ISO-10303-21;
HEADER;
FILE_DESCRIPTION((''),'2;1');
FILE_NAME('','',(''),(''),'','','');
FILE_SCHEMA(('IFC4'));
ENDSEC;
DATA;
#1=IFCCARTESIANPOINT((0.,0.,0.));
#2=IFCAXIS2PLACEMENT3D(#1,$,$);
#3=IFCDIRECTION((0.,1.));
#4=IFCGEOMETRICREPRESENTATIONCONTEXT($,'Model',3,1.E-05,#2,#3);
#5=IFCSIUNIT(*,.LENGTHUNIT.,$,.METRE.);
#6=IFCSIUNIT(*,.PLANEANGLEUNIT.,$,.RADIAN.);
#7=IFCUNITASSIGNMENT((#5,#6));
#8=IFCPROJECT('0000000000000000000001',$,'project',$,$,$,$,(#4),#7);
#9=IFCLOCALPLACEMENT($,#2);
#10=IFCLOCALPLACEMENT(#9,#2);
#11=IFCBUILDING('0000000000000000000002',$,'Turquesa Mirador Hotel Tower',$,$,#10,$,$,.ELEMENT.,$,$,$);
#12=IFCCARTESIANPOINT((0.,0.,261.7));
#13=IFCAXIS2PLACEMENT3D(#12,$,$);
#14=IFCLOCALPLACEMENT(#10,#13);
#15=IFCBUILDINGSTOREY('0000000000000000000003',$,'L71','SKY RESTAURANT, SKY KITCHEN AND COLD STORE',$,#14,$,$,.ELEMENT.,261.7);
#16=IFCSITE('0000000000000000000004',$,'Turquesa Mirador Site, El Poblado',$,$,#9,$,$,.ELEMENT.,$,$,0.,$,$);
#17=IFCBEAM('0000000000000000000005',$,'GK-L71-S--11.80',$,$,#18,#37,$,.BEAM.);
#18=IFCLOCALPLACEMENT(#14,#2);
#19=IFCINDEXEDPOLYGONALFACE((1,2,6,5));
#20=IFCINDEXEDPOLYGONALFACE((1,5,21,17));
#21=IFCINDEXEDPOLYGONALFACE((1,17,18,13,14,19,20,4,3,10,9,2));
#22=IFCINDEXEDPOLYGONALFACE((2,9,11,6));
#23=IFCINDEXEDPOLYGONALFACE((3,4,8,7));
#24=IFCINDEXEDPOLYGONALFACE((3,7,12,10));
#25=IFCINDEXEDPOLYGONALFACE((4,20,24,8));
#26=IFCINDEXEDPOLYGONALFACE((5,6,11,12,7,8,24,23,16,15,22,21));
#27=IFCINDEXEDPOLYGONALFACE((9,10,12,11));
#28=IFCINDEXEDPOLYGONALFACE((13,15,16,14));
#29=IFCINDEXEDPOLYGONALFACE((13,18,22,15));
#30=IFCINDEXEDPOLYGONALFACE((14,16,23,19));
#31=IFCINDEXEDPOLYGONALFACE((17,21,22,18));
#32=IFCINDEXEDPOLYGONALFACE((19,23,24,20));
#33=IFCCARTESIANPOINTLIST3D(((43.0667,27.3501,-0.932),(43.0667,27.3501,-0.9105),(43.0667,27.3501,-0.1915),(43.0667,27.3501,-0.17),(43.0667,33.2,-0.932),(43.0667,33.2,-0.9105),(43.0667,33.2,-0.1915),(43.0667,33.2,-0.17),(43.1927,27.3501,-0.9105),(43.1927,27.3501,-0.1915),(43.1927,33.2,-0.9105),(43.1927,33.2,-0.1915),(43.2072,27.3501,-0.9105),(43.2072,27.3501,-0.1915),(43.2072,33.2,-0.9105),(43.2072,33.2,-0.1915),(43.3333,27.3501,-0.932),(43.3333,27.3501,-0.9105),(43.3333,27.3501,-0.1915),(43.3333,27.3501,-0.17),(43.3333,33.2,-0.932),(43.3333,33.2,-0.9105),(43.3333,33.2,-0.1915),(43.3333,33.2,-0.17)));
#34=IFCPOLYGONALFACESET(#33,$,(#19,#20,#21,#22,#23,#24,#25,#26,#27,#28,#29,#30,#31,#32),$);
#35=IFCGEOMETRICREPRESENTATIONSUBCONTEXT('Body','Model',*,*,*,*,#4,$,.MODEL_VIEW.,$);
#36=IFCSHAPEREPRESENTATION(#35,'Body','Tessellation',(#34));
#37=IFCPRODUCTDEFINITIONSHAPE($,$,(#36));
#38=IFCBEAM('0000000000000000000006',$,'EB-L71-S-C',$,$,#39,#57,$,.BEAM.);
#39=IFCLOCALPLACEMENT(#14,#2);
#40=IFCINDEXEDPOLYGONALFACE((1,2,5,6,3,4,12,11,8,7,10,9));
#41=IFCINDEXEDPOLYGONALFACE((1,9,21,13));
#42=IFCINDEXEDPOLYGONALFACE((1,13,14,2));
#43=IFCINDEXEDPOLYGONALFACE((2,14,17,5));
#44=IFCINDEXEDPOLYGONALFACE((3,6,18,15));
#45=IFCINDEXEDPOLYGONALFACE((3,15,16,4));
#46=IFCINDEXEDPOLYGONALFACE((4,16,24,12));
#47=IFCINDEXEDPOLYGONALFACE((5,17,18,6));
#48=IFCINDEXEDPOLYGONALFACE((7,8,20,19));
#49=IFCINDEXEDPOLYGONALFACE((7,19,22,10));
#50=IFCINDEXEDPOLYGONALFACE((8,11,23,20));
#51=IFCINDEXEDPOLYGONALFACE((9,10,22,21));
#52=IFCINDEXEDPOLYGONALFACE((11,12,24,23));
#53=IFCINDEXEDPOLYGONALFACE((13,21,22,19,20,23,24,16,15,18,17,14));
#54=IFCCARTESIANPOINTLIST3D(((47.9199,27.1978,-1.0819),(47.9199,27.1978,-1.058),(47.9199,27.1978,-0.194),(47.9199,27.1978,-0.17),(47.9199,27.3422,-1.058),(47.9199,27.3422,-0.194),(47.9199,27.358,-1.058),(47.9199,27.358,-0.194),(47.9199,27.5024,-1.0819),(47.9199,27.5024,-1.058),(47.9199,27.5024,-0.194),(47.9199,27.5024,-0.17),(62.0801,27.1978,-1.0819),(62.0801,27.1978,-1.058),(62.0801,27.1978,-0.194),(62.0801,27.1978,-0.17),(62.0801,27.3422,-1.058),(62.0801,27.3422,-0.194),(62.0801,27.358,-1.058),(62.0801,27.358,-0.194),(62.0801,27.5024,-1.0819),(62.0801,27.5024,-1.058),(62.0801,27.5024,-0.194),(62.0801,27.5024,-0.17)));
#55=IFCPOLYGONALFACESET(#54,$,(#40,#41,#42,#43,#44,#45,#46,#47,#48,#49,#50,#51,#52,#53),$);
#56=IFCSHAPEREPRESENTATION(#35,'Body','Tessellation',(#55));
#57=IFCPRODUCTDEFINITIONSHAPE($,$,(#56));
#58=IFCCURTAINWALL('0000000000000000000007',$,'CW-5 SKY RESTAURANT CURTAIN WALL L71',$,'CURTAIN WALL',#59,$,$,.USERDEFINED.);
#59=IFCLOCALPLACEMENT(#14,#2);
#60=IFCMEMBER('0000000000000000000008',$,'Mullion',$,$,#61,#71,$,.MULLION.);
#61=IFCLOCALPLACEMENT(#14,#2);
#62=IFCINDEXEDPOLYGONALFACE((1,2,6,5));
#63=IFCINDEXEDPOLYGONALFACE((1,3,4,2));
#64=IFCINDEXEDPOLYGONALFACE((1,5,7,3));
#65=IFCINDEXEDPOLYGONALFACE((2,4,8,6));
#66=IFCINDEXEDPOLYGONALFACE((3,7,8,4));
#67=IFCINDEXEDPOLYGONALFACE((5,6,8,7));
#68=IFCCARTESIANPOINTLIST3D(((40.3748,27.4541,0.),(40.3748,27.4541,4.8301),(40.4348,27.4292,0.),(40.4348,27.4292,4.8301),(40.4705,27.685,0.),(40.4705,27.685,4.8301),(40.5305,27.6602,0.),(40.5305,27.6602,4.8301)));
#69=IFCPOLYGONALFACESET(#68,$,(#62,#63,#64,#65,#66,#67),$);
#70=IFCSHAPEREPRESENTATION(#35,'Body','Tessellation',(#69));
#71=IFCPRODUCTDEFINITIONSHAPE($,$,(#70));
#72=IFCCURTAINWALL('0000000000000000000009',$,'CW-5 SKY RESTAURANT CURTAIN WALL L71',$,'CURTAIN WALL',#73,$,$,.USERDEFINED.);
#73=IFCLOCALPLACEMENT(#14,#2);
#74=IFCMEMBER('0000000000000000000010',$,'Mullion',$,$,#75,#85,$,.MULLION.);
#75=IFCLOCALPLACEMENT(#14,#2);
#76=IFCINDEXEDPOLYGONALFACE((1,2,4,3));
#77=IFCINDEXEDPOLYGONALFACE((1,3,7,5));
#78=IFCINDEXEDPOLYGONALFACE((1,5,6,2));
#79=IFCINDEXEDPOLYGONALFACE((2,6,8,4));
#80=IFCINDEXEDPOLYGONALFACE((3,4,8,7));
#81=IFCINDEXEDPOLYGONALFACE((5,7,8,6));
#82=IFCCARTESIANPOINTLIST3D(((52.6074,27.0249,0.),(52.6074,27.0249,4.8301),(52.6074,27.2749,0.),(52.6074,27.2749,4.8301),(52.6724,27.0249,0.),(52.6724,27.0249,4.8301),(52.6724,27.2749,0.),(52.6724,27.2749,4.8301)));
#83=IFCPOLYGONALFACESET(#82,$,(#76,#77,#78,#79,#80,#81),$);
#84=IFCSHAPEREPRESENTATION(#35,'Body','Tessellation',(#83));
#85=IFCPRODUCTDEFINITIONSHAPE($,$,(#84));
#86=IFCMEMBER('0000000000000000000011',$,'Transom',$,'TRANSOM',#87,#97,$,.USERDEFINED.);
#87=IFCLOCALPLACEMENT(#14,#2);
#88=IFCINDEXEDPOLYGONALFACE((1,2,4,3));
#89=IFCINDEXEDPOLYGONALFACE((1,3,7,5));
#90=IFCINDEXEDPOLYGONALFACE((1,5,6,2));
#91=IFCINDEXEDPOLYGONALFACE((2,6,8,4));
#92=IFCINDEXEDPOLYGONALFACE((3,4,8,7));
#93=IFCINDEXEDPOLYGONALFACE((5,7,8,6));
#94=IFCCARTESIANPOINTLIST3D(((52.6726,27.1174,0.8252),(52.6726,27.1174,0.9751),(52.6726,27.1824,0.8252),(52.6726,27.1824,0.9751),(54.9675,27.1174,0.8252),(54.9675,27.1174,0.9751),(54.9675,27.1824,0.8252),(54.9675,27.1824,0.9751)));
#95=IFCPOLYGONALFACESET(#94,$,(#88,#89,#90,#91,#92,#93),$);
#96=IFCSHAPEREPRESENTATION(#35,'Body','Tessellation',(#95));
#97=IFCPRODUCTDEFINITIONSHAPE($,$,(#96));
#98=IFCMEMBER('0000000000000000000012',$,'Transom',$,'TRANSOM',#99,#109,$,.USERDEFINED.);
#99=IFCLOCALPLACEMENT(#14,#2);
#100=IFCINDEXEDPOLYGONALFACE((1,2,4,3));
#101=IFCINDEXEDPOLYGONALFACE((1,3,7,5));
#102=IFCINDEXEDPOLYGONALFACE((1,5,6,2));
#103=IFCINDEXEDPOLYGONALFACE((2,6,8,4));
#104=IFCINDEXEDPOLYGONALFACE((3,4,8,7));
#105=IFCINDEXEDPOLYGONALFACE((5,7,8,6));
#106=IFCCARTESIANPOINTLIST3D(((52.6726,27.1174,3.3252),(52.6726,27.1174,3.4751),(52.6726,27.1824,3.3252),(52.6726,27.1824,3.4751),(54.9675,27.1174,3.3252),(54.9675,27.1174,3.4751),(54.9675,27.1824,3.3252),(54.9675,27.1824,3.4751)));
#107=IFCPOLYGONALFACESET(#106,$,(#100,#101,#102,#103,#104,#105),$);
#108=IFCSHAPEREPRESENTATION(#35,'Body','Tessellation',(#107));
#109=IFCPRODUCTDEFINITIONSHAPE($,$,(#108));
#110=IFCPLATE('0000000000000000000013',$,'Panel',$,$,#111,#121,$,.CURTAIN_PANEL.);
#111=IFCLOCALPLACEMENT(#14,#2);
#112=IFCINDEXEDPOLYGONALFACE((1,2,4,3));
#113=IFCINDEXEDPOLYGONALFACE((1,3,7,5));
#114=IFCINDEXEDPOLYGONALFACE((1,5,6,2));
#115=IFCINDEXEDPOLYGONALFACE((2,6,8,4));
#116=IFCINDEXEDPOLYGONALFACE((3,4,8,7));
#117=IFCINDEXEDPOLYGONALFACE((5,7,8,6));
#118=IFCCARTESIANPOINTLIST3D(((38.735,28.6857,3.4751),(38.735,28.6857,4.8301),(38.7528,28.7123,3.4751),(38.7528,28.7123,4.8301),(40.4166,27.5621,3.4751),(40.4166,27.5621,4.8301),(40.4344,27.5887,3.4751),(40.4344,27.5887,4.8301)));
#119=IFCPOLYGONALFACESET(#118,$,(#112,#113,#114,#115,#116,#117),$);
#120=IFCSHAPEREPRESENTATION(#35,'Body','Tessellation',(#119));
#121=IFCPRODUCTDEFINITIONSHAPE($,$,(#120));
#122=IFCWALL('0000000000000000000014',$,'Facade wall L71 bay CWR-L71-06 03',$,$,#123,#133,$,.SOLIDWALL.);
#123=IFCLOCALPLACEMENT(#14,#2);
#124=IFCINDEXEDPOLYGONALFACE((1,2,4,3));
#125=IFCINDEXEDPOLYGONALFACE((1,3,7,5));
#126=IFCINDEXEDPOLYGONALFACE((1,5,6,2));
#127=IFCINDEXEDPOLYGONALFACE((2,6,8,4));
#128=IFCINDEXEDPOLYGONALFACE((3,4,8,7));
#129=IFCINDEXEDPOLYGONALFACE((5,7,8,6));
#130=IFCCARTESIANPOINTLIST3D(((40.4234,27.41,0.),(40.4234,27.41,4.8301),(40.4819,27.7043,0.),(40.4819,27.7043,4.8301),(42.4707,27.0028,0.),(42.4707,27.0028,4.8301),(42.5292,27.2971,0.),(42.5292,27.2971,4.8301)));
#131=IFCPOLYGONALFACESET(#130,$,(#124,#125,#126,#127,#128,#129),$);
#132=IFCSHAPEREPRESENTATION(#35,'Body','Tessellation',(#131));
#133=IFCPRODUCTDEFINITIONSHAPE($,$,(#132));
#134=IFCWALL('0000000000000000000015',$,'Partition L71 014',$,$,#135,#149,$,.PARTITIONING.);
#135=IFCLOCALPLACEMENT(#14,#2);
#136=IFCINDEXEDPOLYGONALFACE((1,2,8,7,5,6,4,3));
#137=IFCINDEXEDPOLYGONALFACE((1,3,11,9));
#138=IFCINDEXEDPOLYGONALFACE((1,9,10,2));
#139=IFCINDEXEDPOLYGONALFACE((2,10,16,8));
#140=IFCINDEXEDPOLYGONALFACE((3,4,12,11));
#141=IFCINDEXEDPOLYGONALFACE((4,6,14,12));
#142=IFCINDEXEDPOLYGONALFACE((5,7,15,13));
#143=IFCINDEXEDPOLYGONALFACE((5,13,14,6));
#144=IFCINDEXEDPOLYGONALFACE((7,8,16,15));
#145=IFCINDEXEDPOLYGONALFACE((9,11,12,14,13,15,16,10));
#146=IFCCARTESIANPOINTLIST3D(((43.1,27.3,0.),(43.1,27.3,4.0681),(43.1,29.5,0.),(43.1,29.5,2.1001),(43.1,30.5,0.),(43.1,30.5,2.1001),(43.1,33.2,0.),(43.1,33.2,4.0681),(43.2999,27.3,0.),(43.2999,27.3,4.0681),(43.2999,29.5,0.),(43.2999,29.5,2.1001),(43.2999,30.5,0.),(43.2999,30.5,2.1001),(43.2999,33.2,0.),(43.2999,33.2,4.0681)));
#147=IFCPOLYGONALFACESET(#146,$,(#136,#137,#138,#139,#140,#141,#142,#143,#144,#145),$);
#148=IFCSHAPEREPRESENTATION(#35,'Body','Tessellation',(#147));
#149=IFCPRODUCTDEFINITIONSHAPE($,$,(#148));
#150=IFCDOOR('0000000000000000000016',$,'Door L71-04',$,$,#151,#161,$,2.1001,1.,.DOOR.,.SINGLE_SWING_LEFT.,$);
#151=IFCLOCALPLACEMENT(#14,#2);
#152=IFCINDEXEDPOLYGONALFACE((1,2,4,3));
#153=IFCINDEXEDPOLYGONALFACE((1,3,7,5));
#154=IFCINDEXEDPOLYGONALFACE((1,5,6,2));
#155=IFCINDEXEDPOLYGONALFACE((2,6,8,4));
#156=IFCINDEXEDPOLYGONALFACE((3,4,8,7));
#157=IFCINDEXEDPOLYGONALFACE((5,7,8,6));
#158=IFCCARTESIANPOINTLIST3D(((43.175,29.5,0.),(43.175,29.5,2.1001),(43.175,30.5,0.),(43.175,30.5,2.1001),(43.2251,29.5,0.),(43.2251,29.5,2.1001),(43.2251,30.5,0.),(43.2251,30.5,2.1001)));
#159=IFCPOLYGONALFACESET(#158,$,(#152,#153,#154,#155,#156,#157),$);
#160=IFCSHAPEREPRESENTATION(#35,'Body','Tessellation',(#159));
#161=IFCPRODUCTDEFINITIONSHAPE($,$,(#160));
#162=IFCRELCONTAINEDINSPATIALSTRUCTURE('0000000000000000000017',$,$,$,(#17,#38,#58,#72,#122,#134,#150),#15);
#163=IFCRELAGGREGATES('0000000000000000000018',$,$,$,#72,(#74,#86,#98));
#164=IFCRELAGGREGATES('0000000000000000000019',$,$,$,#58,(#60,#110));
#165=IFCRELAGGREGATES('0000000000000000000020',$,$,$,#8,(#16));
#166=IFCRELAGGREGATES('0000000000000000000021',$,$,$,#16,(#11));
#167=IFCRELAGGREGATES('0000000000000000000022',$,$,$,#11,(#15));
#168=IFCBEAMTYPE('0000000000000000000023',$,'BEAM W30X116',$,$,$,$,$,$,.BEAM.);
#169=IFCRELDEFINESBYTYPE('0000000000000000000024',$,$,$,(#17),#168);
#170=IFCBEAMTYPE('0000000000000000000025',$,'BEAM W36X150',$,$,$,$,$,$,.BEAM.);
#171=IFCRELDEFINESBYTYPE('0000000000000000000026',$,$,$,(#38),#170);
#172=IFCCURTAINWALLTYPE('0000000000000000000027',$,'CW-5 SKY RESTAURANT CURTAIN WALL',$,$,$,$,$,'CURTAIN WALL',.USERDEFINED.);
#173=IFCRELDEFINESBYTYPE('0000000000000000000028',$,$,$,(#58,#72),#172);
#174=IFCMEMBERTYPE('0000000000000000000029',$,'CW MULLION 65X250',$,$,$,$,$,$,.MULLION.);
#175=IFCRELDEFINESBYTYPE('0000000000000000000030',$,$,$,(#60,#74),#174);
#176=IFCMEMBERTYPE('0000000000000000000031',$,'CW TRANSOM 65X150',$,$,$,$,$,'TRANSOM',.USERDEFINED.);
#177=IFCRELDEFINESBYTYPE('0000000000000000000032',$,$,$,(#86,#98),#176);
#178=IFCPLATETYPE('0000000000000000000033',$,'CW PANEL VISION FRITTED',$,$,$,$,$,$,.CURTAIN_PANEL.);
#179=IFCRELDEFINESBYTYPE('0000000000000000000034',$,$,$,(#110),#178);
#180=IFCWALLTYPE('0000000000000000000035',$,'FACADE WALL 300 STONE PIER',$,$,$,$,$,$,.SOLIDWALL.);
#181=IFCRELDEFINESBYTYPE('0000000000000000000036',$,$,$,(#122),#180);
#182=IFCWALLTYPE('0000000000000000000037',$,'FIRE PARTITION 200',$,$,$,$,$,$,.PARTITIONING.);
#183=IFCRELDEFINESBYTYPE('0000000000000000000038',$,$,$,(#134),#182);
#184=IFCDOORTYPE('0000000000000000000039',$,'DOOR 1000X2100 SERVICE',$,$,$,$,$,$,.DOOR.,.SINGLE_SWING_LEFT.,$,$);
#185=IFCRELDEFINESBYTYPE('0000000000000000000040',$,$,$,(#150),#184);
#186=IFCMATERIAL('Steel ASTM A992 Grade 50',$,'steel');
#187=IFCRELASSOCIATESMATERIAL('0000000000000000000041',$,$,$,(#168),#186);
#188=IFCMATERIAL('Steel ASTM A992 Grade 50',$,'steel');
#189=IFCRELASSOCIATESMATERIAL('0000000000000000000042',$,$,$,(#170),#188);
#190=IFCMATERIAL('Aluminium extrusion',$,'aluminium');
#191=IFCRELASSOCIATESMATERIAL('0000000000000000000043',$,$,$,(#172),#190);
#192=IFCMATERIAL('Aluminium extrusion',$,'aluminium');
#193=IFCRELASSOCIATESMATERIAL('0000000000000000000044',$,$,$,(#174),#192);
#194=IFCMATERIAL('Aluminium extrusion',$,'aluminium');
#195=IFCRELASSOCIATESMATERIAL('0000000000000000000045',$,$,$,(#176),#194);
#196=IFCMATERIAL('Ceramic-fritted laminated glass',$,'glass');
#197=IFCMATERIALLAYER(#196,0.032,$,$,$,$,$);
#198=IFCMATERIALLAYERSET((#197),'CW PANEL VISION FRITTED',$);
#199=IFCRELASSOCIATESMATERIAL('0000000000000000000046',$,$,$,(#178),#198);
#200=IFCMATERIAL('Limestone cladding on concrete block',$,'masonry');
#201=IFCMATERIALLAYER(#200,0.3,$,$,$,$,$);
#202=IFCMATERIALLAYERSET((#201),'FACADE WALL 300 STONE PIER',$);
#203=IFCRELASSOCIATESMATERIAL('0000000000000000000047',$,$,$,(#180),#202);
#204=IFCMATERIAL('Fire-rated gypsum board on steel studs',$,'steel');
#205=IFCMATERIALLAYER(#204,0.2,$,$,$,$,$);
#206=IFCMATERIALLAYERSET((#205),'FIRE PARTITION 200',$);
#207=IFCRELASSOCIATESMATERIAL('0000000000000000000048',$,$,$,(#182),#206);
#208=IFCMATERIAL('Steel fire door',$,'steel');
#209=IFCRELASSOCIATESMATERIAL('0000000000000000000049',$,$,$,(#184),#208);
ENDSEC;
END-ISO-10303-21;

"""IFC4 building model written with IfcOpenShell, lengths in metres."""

from ifc_helpers import new_model, si_unit, direction, frame, frame_2d, origin, origin_2d, place, context, subcontext, project, spatial, rectangle, i_section, extrude, material, layer, layer_set, material_profile, profile_set, type_object, element, fill, aggregate, save


model = new_model("IFC4")

# Units and contexts
model_context = context("Model", 3, precision=1e-05, world=origin(), true_north=direction((0.0, 1.0)))
body_context = subcontext(model_context, "Body", "Model", "MODEL_VIEW")
ifc_project = project(units=[si_unit("LENGTHUNIT", "METRE"), si_unit("PLANEANGLEUNIT", "RADIAN")], contexts=[model_context])

# Site, building, storey
site_placement = place(None, origin())
site = spatial("IfcSite", under=ifc_project, at=site_placement, Name="Turquesa Mirador Site, El Poblado", CompositionType="ELEMENT", RefElevation=0.0)
building_placement = place(site_placement, origin())
building = spatial("IfcBuilding", under=site, at=building_placement, Name="Turquesa Mirador Hotel Tower", CompositionType="ELEMENT")
storey_placement = place(building_placement, frame((0.0, 0.0, 261.7)))
storey = spatial("IfcBuildingStorey", under=building, at=storey_placement, Name="L71", Description="SKY RESTAURANT, SKY KITCHEN AND COLD STORE", CompositionType="ELEMENT", Elevation=261.7)

# Beams
ifc_material_1 = material(Name="Steel ASTM A992 Grade 50", Category="steel")
ifc_material_profile_1 = material_profile(ifc_material_1, i_section(OverallWidth=0.2666, OverallDepth=0.762, WebThickness=0.0144, FlangeThickness=0.0215, at=origin_2d()), Name="W30X116")
ifc_profile_set_1 = profile_set([ifc_material_profile_1], Name="Steel ASTM A992 Grade 50")
beam_type_1 = type_object("IfcBeamType", Name="BEAM W30X116", PredefinedType="BEAM", material=ifc_profile_set_1)
beam_1_placement = place(storey_placement, frame((43.2, 27.3501, -0.551), z_axis=(0.0, 1.0, 0.0), x_axis=(-1.0, 0.0, 0.0)))
element("IfcBeam", 1, at=beam_1_placement, inside=storey, type_object=beam_type_1, Name="GK-L71-S--11.80", PredefinedType="BEAM", context=body_context, shape_type="SweptSolid", body=[
    extrude(i_section(OverallWidth=0.2666, OverallDepth=0.762, WebThickness=0.0144, FlangeThickness=0.0215, at=origin_2d()), origin(), (0.0, 0.0, 1.0), 5.8499),
])
ifc_material_2 = material(Name="Steel ASTM A992 Grade 50", Category="steel")
ifc_material_profile_2 = material_profile(ifc_material_2, i_section(OverallWidth=0.3047, OverallDepth=0.9119, WebThickness=0.0159, FlangeThickness=0.0239, at=origin_2d()), Name="W36X150")
ifc_profile_set_2 = profile_set([ifc_material_profile_2], Name="Steel ASTM A992 Grade 50")
beam_type_2 = type_object("IfcBeamType", Name="BEAM W36X150", PredefinedType="BEAM", material=ifc_profile_set_2)
beam_2_placement = place(storey_placement, frame((47.9199, 27.3501, -0.626), z_axis=(1.0, 0.0, 0.0), x_axis=(0.0, 1.0, 0.0)))
element("IfcBeam", 2, at=beam_2_placement, inside=storey, type_object=beam_type_2, Name="EB-L71-S-C", PredefinedType="BEAM", context=body_context, shape_type="SweptSolid", body=[
    extrude(i_section(OverallWidth=0.3047, OverallDepth=0.9119, WebThickness=0.0159, FlangeThickness=0.0239, at=origin_2d()), origin(), (0.0, 0.0, 1.0), 14.1602),
])

# Curtain wall, member
ifc_material_3 = material(Name="Aluminium extrusion", Category="aluminium")
curtain_wall_type = type_object("IfcCurtainWallType", Name="CW-5 SKY RESTAURANT CURTAIN WALL", ElementType="CURTAIN WALL", PredefinedType="USERDEFINED", material=ifc_material_3)
curtain_wall_1_placement = place(storey_placement, origin())
curtain_wall_1 = element("IfcCurtainWall", 3, at=curtain_wall_1_placement, inside=storey, type_object=curtain_wall_type, Name="CW-5 SKY RESTAURANT CURTAIN WALL L71", ObjectType="CURTAIN WALL", PredefinedType="USERDEFINED")
ifc_material_4 = material(Name="Aluminium extrusion", Category="aluminium")
ifc_material_profile_3 = material_profile(ifc_material_4, rectangle(XDim=0.0649, YDim=0.25, at=origin_2d()), Name="MULLION 65X250")
ifc_profile_set_3 = profile_set([ifc_material_profile_3], Name="Aluminium extrusion")
member_type_1 = type_object("IfcMemberType", Name="CW MULLION 65X250", PredefinedType="MULLION", material=ifc_profile_set_3)
member_1_placement = place(storey_placement, frame((40.4526, 27.5571, 0.0), z_axis=(0.0, 0.0, 1.0), x_axis=(0.92388, -0.382683, 0.0)))
member_1 = element("IfcMember", 4, at=member_1_placement, type_object=member_type_1, Name="Mullion", PredefinedType="MULLION", context=body_context, shape_type="SweptSolid", body=[
    extrude(rectangle(XDim=0.0649, YDim=0.25, at=origin_2d()), origin(), (0.0, 0.0, 1.0), 4.8301),
])

# Curtain wall, members
curtain_wall_2_placement = place(storey_placement, origin())
curtain_wall_2 = element("IfcCurtainWall", 5, at=curtain_wall_2_placement, inside=storey, type_object=curtain_wall_type, Name="CW-5 SKY RESTAURANT CURTAIN WALL L71", ObjectType="CURTAIN WALL", PredefinedType="USERDEFINED")
member_2_placement = place(storey_placement, frame((52.6399, 27.1499, 0.0), z_axis=(0.0, 0.0, 1.0), x_axis=(1.0, 0.0, 0.0)))
member_2 = element("IfcMember", 6, at=member_2_placement, type_object=member_type_1, Name="Mullion", PredefinedType="MULLION", context=body_context, shape_type="SweptSolid", body=[
    extrude(rectangle(XDim=0.0649, YDim=0.25, at=origin_2d()), origin(), (0.0, 0.0, 1.0), 4.8301),
])
ifc_material_5 = material(Name="Aluminium extrusion", Category="aluminium")
ifc_material_profile_4 = material_profile(ifc_material_5, rectangle(XDim=0.0649, YDim=0.1499, at=origin_2d()), Name="TRANSOM 65X150")
ifc_profile_set_4 = profile_set([ifc_material_profile_4], Name="Aluminium extrusion")
member_type_2 = type_object("IfcMemberType", Name="CW TRANSOM 65X150", ElementType="TRANSOM", PredefinedType="USERDEFINED", material=ifc_profile_set_4)
member_3_placement = place(storey_placement, frame((52.6726, 27.1499, 0.9001), z_axis=(1.0, 0.0, 0.0), x_axis=(0.0, 1.0, 0.0)))
member_3 = element("IfcMember", 7, at=member_3_placement, type_object=member_type_2, Name="Transom", ObjectType="TRANSOM", PredefinedType="USERDEFINED", context=body_context, shape_type="SweptSolid", body=[
    extrude(rectangle(XDim=0.0649, YDim=0.1499, at=origin_2d()), origin(), (0.0, 0.0, 1.0), 2.2949),
])
member_4_placement = place(storey_placement, frame((52.6726, 27.1499, 3.4001), z_axis=(1.0, 0.0, 0.0), x_axis=(0.0, 1.0, 0.0)))
member_4 = element("IfcMember", 8, at=member_4_placement, type_object=member_type_2, Name="Transom", ObjectType="TRANSOM", PredefinedType="USERDEFINED", context=body_context, shape_type="SweptSolid", body=[
    extrude(rectangle(XDim=0.0649, YDim=0.1499, at=origin_2d()), origin(), (0.0, 0.0, 1.0), 2.2949),
])
aggregate(curtain_wall_2, [member_2, member_3, member_4])

# Plate
ifc_material_6 = material(Name="Ceramic-fritted laminated glass", Category="glass")
ifc_layer_1 = layer(ifc_material_6, 0.032)
ifc_layer_set_1 = layer_set([ifc_layer_1], Name="CW PANEL VISION FRITTED")
plate_type = type_object("IfcPlateType", Name="CW PANEL VISION FRITTED", PredefinedType="CURTAIN_PANEL", material=ifc_layer_set_1)
plate_placement = place(storey_placement, frame((39.5847, 28.1372, 3.4751), z_axis=(0.0, 0.0, 1.0), x_axis=(0.83147, -0.55557, 0.0)))
plate = element("IfcPlate", 9, at=plate_placement, type_object=plate_type, Name="Panel", PredefinedType="CURTAIN_PANEL", context=body_context, shape_type="SweptSolid", body=[
    extrude(rectangle(XDim=2.0225, YDim=0.032, at=origin_2d()), origin(), (0.0, 0.0, 1.0), 1.355),
])
aggregate(curtain_wall_1, [member_1, plate])

# Wall
ifc_material_7 = material(Name="Limestone cladding on concrete block", Category="masonry")
ifc_layer_2 = layer(ifc_material_7, 0.3)
ifc_layer_set_2 = layer_set([ifc_layer_2], Name="FACADE WALL 300 STONE PIER")
wall_type_1 = type_object("IfcWallType", Name="FACADE WALL 300 STONE PIER", PredefinedType="SOLIDWALL", material=ifc_layer_set_2)
wall_1_placement = place(storey_placement, frame((40.4526, 27.5571, 0.0), z_axis=(0.0, 0.0, 1.0), x_axis=(0.980787, -0.195081, 0.0)))
element("IfcWall", 10, at=wall_1_placement, inside=storey, type_object=wall_type_1, Name="Facade wall L71 bay CWR-L71-06 03", PredefinedType="SOLIDWALL", context=body_context, shape_type="SweptSolid", body=[
    extrude(rectangle(XDim=2.0874, YDim=0.3, at=frame_2d((1.0437, 0.0))), origin(), (0.0, 0.0, 1.0), 4.8301),
])

# Wall, opening, door
ifc_material_8 = material(Name="Fire-rated gypsum board on steel studs", Category="steel")
ifc_layer_3 = layer(ifc_material_8, 0.2)
ifc_layer_set_3 = layer_set([ifc_layer_3], Name="FIRE PARTITION 200")
wall_type_2 = type_object("IfcWallType", Name="FIRE PARTITION 200", PredefinedType="PARTITIONING", material=ifc_layer_set_3)
wall_2_placement = place(storey_placement, frame((43.2, 27.3, 0.0), z_axis=(0.0, 0.0, 1.0), x_axis=(0.0, 1.0, 0.0)))
wall_2 = element("IfcWall", 11, at=wall_2_placement, inside=storey, type_object=wall_type_2, Name="Partition L71 014", PredefinedType="PARTITIONING", context=body_context, shape_type="SweptSolid", body=[
    extrude(rectangle(XDim=5.8999, YDim=0.2, at=frame_2d((2.95, 0.0))), origin(), (0.0, 0.0, 1.0), 4.0681),
])
opening_placement = place(wall_2_placement, frame((2.2, 0.0, 0.0)))
opening = element("IfcOpeningElement", 12, at=opening_placement, cuts=wall_2, PredefinedType="OPENING", context=body_context, shape_type="SweptSolid", body=[
    extrude(rectangle(XDim=1.0, YDim=2.1001, at=frame_2d((0.5, 1.05))), frame((0.0, 0.1099, 0.0), z_axis=(0.0, -1.0, 0.0), x_axis=(1.0, 0.0, 0.0)), (0.0, 0.0, 1.0), 0.22),
])
ifc_material_9 = material(Name="Steel fire door", Category="steel")
door_type = type_object("IfcDoorType", Name="DOOR 1000X2100 SERVICE", OperationType="SINGLE_SWING_LEFT", PredefinedType="DOOR", material=ifc_material_9)
door_placement = place(opening_placement, origin())
door = element("IfcDoor", 13, at=door_placement, inside=storey, type_object=door_type, Name="Door L71-04", OperationType="SINGLE_SWING_LEFT", OverallHeight=2.1001, OverallWidth=1.0, PredefinedType="DOOR", context=body_context, shape_type="SweptSolid", body=[
    extrude(rectangle(XDim=1.0, YDim=2.1001, at=frame_2d((0.5, 1.05))), frame((0.0, 0.0249, 0.0), z_axis=(0.0, -1.0, 0.0), x_axis=(1.0, 0.0, 0.0)), (0.0, 0.0, 1.0), 0.05),
])
fill(opening, door)

save(model, "model.ifc")
